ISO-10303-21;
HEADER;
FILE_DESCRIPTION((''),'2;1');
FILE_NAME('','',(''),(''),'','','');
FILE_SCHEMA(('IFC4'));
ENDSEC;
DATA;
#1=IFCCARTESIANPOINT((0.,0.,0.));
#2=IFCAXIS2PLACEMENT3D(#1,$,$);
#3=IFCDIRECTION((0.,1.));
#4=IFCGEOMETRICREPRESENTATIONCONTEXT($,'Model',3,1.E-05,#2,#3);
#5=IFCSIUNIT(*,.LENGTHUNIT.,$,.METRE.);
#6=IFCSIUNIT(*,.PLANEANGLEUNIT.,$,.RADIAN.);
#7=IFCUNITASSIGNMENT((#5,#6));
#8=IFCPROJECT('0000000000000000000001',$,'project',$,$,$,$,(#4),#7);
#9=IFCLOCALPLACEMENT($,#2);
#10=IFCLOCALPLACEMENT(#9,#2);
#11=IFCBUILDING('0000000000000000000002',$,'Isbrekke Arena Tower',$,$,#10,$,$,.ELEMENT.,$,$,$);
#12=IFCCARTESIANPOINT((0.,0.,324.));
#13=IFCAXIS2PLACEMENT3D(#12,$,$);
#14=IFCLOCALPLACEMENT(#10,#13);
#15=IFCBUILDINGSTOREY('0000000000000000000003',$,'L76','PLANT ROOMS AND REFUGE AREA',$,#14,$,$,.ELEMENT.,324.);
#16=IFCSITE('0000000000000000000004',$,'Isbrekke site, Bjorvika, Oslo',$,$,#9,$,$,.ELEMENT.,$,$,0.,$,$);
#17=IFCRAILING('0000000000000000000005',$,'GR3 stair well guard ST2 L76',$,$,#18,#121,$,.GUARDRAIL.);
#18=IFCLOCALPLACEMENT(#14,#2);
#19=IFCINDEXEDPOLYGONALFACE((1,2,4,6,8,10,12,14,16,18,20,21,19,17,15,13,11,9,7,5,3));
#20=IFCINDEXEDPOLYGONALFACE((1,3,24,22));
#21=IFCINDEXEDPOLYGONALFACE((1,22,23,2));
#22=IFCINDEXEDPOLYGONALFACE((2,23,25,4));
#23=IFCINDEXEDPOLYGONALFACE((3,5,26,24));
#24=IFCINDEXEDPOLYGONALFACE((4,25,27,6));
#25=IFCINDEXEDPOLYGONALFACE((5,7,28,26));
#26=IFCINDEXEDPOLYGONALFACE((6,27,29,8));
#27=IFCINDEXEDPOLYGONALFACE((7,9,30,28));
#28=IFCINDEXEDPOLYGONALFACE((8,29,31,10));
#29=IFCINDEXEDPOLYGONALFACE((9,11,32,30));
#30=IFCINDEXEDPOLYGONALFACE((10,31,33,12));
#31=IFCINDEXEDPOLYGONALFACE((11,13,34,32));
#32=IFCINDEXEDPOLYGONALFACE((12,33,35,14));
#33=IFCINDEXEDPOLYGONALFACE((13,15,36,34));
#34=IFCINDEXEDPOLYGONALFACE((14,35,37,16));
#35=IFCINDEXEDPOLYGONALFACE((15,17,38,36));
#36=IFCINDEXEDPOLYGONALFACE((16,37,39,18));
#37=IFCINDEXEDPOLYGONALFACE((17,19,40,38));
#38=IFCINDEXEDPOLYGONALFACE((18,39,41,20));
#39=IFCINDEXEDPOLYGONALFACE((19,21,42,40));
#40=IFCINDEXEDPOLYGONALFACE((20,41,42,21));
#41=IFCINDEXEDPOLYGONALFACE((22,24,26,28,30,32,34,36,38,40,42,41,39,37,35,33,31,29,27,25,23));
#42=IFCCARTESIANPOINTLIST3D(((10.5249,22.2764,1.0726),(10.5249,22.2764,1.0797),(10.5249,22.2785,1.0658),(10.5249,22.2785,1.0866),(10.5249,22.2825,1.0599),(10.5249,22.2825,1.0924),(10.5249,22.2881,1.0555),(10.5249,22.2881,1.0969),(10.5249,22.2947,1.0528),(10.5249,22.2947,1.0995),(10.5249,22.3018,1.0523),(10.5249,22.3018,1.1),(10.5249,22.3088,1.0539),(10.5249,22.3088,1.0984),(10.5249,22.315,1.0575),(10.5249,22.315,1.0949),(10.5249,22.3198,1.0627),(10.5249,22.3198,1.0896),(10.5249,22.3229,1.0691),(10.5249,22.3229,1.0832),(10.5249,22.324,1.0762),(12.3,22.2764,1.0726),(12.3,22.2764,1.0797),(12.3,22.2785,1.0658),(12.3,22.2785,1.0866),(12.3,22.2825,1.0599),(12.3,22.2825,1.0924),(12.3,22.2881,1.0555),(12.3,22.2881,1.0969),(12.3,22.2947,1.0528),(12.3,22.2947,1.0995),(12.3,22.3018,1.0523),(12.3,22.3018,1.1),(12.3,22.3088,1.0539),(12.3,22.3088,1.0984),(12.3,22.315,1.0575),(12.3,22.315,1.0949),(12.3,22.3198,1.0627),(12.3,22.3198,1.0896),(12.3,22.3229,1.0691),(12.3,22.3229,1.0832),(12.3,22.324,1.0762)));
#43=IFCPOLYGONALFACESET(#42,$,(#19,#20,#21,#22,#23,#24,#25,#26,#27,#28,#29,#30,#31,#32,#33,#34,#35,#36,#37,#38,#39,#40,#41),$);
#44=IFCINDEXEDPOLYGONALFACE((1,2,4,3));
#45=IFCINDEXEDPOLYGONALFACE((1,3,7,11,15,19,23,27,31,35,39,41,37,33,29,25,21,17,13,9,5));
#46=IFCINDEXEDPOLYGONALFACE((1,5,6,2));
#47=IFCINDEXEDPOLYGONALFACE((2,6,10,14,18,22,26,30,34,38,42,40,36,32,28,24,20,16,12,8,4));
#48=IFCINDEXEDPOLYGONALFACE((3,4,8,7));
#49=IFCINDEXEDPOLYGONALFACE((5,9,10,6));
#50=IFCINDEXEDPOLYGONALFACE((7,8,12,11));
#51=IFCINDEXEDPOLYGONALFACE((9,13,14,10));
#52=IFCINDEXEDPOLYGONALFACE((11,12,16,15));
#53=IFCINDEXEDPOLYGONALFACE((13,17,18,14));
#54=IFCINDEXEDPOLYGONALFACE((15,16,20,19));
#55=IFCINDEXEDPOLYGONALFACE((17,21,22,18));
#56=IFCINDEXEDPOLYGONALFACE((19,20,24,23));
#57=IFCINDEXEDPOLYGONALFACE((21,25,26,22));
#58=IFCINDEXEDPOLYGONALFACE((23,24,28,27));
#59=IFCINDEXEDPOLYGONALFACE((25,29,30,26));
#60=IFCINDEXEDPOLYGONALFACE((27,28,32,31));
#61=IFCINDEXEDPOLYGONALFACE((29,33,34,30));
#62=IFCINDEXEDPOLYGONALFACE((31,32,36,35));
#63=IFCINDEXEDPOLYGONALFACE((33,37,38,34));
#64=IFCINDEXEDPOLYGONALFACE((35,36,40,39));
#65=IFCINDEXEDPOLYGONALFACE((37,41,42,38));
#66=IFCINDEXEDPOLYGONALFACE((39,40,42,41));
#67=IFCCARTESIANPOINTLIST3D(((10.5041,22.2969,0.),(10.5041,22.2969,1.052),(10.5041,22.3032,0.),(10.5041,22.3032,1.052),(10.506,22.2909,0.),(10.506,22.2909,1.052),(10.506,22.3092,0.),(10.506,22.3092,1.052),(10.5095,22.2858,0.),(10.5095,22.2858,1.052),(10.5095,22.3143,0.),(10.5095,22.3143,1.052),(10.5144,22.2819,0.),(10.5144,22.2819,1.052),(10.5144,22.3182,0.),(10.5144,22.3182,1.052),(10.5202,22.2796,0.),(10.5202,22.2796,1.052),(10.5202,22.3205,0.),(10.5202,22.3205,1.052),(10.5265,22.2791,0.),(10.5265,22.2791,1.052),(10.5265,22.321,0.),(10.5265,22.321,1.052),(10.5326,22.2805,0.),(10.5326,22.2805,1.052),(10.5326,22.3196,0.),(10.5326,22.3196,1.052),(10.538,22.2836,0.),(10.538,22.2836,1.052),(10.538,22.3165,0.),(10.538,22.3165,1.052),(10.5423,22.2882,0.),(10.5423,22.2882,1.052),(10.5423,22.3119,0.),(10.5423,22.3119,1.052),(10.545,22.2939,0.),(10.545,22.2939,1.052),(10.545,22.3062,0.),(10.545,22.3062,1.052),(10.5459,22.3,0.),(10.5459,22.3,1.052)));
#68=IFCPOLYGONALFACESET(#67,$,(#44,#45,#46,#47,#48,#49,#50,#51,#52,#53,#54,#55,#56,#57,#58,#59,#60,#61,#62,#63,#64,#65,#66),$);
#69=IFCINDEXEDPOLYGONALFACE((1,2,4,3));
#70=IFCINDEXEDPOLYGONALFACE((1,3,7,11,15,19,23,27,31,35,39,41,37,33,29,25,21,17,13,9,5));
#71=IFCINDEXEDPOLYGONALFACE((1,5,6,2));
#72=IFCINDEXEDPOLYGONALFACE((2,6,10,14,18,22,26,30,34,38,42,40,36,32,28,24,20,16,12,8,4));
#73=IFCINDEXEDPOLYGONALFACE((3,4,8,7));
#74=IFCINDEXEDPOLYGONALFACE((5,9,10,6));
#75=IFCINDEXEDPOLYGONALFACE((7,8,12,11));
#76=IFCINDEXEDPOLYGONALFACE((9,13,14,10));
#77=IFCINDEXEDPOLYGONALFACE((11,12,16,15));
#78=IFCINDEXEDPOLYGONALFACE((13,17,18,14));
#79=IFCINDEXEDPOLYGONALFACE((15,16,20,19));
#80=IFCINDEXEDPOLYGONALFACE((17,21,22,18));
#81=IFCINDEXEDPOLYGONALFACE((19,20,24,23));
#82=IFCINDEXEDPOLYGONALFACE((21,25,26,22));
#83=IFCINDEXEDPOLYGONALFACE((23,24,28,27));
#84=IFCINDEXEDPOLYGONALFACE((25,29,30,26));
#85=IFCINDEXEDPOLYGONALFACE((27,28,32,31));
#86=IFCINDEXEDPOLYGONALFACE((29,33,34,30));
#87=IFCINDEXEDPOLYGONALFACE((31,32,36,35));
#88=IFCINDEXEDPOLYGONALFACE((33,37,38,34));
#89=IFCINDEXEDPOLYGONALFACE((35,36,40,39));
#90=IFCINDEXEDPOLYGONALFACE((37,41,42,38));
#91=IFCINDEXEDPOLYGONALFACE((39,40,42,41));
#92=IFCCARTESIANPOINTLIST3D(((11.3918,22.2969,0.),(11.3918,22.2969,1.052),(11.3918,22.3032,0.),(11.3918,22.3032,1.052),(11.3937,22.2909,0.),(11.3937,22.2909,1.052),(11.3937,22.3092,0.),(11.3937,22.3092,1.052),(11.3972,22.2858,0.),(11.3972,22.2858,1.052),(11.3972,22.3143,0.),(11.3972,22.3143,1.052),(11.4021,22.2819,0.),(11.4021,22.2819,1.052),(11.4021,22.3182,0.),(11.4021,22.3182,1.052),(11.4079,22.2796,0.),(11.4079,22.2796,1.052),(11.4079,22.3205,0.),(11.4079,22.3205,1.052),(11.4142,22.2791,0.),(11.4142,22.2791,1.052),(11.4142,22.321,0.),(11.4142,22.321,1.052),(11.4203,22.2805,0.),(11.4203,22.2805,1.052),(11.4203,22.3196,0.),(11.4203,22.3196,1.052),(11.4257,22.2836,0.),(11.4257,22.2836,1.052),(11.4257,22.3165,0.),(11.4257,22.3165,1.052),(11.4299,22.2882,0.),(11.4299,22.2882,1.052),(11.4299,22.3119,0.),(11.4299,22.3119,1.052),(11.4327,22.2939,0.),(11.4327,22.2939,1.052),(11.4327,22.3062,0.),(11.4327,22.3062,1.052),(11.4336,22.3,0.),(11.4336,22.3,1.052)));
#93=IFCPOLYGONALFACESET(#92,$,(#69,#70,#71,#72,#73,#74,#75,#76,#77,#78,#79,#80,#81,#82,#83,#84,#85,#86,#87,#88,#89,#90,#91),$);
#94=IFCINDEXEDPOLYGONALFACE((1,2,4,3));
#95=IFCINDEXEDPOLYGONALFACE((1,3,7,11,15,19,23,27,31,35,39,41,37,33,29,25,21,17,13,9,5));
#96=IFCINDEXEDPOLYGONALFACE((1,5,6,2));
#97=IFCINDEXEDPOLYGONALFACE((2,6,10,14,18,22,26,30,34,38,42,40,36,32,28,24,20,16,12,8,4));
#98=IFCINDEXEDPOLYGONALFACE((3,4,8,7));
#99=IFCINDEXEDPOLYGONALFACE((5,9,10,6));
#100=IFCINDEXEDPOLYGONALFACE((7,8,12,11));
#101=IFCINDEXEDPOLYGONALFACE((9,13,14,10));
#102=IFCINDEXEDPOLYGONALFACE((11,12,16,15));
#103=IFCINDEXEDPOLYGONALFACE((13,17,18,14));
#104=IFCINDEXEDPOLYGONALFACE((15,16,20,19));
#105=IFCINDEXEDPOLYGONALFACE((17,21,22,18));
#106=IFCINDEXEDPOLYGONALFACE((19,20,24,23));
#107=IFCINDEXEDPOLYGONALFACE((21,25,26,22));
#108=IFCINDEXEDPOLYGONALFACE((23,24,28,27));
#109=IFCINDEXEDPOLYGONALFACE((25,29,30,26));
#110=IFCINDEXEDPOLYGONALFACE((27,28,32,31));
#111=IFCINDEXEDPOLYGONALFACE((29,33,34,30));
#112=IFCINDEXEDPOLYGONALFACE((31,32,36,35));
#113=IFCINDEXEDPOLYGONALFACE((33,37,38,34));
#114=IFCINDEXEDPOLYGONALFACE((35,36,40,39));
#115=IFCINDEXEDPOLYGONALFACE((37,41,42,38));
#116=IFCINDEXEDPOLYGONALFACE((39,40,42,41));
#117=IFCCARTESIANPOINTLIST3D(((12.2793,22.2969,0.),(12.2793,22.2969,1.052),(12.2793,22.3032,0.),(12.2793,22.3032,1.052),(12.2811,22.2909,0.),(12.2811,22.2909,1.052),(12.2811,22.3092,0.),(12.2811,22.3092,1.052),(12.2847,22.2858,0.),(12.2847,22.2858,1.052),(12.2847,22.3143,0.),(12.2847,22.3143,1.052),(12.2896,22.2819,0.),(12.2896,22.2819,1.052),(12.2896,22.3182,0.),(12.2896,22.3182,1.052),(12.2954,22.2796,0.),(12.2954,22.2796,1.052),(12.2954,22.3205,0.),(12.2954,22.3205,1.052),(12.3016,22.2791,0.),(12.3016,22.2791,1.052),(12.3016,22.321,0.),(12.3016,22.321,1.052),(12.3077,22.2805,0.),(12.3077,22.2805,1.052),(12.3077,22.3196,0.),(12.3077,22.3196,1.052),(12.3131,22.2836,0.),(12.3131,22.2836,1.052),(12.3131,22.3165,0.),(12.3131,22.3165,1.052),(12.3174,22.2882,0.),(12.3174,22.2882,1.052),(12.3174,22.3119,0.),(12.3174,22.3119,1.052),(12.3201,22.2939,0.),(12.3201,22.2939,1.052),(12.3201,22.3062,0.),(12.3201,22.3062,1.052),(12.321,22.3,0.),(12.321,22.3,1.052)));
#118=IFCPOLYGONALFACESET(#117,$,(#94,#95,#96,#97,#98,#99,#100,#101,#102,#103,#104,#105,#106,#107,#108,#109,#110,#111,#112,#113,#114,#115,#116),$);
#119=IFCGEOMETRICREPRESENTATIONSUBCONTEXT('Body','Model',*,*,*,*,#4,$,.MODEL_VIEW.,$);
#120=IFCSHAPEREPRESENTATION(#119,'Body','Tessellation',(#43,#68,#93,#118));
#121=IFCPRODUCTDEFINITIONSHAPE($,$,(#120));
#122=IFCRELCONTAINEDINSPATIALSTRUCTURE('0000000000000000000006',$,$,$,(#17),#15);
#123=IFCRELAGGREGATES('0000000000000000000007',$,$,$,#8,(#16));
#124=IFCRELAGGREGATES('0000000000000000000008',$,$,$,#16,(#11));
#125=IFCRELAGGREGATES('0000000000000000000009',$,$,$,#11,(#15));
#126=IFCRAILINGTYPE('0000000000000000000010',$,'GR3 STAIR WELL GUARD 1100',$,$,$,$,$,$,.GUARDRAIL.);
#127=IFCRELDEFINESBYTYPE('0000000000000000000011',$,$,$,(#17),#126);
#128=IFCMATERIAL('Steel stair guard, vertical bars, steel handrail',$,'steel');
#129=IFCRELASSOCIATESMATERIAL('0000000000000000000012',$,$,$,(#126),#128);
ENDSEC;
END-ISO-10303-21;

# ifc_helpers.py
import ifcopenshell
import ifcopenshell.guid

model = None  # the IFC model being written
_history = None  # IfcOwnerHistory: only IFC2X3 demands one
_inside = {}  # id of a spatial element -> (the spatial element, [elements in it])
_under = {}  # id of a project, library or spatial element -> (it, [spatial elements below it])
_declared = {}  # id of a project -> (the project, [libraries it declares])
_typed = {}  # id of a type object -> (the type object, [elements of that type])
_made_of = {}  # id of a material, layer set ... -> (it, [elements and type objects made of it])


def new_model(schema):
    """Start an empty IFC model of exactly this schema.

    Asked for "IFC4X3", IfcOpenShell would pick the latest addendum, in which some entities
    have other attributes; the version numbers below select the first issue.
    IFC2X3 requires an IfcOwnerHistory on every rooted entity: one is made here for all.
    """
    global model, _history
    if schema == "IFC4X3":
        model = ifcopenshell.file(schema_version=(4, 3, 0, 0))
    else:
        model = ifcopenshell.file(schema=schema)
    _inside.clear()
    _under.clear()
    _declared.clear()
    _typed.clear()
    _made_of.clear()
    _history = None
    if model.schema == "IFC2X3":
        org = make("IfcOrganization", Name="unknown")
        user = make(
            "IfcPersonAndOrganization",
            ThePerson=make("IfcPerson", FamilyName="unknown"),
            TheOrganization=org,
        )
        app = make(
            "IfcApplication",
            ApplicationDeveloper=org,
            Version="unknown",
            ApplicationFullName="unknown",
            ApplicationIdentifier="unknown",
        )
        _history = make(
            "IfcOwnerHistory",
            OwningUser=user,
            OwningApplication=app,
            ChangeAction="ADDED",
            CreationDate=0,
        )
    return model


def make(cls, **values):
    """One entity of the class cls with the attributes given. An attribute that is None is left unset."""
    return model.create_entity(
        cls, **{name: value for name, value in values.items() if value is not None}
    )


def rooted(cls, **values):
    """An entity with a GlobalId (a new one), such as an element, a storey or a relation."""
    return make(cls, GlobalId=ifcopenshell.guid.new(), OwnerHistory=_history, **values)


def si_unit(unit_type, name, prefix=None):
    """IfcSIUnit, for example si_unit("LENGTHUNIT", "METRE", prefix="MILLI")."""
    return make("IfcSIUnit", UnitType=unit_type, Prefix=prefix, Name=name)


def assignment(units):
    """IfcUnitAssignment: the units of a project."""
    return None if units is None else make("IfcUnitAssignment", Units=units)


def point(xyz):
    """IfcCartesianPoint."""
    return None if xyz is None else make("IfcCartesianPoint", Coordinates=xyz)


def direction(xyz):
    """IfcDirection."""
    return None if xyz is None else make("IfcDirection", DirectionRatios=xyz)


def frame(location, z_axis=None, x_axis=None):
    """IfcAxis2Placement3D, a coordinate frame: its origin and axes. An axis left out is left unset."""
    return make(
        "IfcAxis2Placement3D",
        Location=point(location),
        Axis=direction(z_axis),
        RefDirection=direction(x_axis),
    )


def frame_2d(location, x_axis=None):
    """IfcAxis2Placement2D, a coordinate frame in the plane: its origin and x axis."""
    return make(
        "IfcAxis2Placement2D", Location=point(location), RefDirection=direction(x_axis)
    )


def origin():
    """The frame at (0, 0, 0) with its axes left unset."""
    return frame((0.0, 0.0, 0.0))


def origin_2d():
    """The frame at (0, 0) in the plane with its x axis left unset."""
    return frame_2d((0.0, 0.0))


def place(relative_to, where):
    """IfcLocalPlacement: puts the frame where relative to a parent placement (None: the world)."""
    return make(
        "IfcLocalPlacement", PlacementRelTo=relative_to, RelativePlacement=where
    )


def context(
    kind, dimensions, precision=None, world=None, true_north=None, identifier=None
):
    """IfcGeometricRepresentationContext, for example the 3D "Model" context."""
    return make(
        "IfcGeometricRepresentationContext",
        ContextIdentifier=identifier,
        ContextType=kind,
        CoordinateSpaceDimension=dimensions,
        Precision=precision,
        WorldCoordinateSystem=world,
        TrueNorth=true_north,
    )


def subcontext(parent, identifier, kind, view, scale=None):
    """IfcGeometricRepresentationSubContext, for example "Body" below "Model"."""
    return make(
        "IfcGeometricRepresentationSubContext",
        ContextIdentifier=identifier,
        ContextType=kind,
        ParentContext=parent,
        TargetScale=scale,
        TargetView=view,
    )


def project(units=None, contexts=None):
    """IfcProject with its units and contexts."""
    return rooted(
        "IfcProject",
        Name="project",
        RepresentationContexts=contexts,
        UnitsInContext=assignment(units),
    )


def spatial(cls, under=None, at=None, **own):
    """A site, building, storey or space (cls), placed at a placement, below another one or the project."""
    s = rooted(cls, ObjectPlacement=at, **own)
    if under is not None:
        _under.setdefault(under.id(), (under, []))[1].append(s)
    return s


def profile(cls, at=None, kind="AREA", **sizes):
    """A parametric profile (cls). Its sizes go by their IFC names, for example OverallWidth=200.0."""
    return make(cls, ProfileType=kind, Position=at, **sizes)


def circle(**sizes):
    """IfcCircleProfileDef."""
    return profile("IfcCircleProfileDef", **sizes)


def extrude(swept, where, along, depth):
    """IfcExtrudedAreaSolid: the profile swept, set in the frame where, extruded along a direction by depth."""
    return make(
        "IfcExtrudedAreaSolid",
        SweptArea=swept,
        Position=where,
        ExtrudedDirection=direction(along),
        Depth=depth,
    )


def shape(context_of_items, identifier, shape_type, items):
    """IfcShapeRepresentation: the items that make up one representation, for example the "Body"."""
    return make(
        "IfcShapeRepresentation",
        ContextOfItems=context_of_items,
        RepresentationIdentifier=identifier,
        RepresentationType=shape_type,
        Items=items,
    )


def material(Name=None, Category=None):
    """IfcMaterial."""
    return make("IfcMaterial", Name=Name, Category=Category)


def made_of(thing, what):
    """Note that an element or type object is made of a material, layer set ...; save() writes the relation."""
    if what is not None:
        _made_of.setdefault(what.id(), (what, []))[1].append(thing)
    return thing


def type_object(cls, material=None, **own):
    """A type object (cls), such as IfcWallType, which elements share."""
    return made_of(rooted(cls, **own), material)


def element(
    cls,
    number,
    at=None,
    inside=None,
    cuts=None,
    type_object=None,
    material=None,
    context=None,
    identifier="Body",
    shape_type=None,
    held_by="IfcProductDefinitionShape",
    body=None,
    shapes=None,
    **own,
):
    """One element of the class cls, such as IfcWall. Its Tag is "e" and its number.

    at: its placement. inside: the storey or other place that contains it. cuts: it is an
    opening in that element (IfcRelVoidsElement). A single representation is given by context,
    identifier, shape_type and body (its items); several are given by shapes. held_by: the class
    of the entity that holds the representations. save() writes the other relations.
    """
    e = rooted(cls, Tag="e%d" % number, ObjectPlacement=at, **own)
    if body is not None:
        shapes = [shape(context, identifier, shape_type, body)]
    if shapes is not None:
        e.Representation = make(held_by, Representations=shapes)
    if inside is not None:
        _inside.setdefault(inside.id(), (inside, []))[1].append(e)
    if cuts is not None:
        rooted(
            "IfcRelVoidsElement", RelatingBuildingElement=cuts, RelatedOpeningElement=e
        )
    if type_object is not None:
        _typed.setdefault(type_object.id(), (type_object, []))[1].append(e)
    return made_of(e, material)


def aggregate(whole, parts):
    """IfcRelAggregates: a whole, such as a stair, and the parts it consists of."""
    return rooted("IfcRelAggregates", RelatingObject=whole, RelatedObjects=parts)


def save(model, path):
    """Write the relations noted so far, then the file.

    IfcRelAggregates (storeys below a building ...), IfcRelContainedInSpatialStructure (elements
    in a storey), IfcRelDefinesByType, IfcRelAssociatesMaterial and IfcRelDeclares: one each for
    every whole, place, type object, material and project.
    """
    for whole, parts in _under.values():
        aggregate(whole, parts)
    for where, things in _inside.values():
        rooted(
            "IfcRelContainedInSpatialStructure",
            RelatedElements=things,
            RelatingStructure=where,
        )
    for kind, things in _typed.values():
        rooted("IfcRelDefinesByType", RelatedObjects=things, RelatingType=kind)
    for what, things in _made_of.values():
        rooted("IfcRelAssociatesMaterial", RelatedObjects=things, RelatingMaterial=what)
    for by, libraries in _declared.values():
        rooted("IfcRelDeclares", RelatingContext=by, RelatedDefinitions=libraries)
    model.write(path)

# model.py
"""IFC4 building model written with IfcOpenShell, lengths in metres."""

from ifc_helpers import new_model, si_unit, direction, frame, origin, origin_2d, place, context, subcontext, project, spatial, circle, extrude, material, type_object, element, save


model = new_model("IFC4")

# Units and contexts
model_context = context("Model", 3, precision=1e-05, world=origin(), true_north=direction((0.0, 1.0)))
body_context = subcontext(model_context, "Body", "Model", "MODEL_VIEW")
ifc_project = project(units=[si_unit("LENGTHUNIT", "METRE"), si_unit("PLANEANGLEUNIT", "RADIAN")], contexts=[model_context])

# Site, building, storey
site_placement = place(None, origin())
site = spatial("IfcSite", under=ifc_project, at=site_placement, Name="Isbrekke site, Bjorvika, Oslo", CompositionType="ELEMENT", RefElevation=0.0)
building_placement = place(site_placement, origin())
building = spatial("IfcBuilding", under=site, at=building_placement, Name="Isbrekke Arena Tower", CompositionType="ELEMENT")
storey_placement = place(building_placement, frame((0.0, 0.0, 324.0)))
storey = spatial("IfcBuildingStorey", under=building, at=storey_placement, Name="L76", Description="PLANT ROOMS AND REFUGE AREA", CompositionType="ELEMENT", Elevation=324.0)

# Railing
ifc_material_1 = material(Name="Steel stair guard, vertical bars, steel handrail", Category="steel")
railing_type = type_object("IfcRailingType", Name="GR3 STAIR WELL GUARD 1100", PredefinedType="GUARDRAIL", material=ifc_material_1)
railing_placement = place(storey_placement, frame((10.5249, 22.3, 0.0)))
element("IfcRailing", 1, at=railing_placement, inside=storey, type_object=railing_type, Name="GR3 stair well guard ST2 L76", PredefinedType="GUARDRAIL", context=body_context, shape_type="SweptSolid", body=[
    extrude(circle(Radius=0.0239, at=origin_2d()), frame((0.0, 0.0, 1.0762), z_axis=(1.0, 0.0, 0.0), x_axis=(0.0, 1.0, 0.0)), (0.0, 0.0, 1.0), 1.7751),
    extrude(circle(Radius=0.021, at=origin_2d()), origin(), (0.0, 0.0, 1.0), 1.052),
    extrude(circle(Radius=0.021, at=origin_2d()), frame((0.8877, 0.0, 0.0)), (0.0, 0.0, 1.0), 1.052),
    extrude(circle(Radius=0.021, at=origin_2d()), frame((1.7751, 0.0, 0.0)), (0.0, 0.0, 1.0), 1.052),
])

save(model, "model.ifc")
